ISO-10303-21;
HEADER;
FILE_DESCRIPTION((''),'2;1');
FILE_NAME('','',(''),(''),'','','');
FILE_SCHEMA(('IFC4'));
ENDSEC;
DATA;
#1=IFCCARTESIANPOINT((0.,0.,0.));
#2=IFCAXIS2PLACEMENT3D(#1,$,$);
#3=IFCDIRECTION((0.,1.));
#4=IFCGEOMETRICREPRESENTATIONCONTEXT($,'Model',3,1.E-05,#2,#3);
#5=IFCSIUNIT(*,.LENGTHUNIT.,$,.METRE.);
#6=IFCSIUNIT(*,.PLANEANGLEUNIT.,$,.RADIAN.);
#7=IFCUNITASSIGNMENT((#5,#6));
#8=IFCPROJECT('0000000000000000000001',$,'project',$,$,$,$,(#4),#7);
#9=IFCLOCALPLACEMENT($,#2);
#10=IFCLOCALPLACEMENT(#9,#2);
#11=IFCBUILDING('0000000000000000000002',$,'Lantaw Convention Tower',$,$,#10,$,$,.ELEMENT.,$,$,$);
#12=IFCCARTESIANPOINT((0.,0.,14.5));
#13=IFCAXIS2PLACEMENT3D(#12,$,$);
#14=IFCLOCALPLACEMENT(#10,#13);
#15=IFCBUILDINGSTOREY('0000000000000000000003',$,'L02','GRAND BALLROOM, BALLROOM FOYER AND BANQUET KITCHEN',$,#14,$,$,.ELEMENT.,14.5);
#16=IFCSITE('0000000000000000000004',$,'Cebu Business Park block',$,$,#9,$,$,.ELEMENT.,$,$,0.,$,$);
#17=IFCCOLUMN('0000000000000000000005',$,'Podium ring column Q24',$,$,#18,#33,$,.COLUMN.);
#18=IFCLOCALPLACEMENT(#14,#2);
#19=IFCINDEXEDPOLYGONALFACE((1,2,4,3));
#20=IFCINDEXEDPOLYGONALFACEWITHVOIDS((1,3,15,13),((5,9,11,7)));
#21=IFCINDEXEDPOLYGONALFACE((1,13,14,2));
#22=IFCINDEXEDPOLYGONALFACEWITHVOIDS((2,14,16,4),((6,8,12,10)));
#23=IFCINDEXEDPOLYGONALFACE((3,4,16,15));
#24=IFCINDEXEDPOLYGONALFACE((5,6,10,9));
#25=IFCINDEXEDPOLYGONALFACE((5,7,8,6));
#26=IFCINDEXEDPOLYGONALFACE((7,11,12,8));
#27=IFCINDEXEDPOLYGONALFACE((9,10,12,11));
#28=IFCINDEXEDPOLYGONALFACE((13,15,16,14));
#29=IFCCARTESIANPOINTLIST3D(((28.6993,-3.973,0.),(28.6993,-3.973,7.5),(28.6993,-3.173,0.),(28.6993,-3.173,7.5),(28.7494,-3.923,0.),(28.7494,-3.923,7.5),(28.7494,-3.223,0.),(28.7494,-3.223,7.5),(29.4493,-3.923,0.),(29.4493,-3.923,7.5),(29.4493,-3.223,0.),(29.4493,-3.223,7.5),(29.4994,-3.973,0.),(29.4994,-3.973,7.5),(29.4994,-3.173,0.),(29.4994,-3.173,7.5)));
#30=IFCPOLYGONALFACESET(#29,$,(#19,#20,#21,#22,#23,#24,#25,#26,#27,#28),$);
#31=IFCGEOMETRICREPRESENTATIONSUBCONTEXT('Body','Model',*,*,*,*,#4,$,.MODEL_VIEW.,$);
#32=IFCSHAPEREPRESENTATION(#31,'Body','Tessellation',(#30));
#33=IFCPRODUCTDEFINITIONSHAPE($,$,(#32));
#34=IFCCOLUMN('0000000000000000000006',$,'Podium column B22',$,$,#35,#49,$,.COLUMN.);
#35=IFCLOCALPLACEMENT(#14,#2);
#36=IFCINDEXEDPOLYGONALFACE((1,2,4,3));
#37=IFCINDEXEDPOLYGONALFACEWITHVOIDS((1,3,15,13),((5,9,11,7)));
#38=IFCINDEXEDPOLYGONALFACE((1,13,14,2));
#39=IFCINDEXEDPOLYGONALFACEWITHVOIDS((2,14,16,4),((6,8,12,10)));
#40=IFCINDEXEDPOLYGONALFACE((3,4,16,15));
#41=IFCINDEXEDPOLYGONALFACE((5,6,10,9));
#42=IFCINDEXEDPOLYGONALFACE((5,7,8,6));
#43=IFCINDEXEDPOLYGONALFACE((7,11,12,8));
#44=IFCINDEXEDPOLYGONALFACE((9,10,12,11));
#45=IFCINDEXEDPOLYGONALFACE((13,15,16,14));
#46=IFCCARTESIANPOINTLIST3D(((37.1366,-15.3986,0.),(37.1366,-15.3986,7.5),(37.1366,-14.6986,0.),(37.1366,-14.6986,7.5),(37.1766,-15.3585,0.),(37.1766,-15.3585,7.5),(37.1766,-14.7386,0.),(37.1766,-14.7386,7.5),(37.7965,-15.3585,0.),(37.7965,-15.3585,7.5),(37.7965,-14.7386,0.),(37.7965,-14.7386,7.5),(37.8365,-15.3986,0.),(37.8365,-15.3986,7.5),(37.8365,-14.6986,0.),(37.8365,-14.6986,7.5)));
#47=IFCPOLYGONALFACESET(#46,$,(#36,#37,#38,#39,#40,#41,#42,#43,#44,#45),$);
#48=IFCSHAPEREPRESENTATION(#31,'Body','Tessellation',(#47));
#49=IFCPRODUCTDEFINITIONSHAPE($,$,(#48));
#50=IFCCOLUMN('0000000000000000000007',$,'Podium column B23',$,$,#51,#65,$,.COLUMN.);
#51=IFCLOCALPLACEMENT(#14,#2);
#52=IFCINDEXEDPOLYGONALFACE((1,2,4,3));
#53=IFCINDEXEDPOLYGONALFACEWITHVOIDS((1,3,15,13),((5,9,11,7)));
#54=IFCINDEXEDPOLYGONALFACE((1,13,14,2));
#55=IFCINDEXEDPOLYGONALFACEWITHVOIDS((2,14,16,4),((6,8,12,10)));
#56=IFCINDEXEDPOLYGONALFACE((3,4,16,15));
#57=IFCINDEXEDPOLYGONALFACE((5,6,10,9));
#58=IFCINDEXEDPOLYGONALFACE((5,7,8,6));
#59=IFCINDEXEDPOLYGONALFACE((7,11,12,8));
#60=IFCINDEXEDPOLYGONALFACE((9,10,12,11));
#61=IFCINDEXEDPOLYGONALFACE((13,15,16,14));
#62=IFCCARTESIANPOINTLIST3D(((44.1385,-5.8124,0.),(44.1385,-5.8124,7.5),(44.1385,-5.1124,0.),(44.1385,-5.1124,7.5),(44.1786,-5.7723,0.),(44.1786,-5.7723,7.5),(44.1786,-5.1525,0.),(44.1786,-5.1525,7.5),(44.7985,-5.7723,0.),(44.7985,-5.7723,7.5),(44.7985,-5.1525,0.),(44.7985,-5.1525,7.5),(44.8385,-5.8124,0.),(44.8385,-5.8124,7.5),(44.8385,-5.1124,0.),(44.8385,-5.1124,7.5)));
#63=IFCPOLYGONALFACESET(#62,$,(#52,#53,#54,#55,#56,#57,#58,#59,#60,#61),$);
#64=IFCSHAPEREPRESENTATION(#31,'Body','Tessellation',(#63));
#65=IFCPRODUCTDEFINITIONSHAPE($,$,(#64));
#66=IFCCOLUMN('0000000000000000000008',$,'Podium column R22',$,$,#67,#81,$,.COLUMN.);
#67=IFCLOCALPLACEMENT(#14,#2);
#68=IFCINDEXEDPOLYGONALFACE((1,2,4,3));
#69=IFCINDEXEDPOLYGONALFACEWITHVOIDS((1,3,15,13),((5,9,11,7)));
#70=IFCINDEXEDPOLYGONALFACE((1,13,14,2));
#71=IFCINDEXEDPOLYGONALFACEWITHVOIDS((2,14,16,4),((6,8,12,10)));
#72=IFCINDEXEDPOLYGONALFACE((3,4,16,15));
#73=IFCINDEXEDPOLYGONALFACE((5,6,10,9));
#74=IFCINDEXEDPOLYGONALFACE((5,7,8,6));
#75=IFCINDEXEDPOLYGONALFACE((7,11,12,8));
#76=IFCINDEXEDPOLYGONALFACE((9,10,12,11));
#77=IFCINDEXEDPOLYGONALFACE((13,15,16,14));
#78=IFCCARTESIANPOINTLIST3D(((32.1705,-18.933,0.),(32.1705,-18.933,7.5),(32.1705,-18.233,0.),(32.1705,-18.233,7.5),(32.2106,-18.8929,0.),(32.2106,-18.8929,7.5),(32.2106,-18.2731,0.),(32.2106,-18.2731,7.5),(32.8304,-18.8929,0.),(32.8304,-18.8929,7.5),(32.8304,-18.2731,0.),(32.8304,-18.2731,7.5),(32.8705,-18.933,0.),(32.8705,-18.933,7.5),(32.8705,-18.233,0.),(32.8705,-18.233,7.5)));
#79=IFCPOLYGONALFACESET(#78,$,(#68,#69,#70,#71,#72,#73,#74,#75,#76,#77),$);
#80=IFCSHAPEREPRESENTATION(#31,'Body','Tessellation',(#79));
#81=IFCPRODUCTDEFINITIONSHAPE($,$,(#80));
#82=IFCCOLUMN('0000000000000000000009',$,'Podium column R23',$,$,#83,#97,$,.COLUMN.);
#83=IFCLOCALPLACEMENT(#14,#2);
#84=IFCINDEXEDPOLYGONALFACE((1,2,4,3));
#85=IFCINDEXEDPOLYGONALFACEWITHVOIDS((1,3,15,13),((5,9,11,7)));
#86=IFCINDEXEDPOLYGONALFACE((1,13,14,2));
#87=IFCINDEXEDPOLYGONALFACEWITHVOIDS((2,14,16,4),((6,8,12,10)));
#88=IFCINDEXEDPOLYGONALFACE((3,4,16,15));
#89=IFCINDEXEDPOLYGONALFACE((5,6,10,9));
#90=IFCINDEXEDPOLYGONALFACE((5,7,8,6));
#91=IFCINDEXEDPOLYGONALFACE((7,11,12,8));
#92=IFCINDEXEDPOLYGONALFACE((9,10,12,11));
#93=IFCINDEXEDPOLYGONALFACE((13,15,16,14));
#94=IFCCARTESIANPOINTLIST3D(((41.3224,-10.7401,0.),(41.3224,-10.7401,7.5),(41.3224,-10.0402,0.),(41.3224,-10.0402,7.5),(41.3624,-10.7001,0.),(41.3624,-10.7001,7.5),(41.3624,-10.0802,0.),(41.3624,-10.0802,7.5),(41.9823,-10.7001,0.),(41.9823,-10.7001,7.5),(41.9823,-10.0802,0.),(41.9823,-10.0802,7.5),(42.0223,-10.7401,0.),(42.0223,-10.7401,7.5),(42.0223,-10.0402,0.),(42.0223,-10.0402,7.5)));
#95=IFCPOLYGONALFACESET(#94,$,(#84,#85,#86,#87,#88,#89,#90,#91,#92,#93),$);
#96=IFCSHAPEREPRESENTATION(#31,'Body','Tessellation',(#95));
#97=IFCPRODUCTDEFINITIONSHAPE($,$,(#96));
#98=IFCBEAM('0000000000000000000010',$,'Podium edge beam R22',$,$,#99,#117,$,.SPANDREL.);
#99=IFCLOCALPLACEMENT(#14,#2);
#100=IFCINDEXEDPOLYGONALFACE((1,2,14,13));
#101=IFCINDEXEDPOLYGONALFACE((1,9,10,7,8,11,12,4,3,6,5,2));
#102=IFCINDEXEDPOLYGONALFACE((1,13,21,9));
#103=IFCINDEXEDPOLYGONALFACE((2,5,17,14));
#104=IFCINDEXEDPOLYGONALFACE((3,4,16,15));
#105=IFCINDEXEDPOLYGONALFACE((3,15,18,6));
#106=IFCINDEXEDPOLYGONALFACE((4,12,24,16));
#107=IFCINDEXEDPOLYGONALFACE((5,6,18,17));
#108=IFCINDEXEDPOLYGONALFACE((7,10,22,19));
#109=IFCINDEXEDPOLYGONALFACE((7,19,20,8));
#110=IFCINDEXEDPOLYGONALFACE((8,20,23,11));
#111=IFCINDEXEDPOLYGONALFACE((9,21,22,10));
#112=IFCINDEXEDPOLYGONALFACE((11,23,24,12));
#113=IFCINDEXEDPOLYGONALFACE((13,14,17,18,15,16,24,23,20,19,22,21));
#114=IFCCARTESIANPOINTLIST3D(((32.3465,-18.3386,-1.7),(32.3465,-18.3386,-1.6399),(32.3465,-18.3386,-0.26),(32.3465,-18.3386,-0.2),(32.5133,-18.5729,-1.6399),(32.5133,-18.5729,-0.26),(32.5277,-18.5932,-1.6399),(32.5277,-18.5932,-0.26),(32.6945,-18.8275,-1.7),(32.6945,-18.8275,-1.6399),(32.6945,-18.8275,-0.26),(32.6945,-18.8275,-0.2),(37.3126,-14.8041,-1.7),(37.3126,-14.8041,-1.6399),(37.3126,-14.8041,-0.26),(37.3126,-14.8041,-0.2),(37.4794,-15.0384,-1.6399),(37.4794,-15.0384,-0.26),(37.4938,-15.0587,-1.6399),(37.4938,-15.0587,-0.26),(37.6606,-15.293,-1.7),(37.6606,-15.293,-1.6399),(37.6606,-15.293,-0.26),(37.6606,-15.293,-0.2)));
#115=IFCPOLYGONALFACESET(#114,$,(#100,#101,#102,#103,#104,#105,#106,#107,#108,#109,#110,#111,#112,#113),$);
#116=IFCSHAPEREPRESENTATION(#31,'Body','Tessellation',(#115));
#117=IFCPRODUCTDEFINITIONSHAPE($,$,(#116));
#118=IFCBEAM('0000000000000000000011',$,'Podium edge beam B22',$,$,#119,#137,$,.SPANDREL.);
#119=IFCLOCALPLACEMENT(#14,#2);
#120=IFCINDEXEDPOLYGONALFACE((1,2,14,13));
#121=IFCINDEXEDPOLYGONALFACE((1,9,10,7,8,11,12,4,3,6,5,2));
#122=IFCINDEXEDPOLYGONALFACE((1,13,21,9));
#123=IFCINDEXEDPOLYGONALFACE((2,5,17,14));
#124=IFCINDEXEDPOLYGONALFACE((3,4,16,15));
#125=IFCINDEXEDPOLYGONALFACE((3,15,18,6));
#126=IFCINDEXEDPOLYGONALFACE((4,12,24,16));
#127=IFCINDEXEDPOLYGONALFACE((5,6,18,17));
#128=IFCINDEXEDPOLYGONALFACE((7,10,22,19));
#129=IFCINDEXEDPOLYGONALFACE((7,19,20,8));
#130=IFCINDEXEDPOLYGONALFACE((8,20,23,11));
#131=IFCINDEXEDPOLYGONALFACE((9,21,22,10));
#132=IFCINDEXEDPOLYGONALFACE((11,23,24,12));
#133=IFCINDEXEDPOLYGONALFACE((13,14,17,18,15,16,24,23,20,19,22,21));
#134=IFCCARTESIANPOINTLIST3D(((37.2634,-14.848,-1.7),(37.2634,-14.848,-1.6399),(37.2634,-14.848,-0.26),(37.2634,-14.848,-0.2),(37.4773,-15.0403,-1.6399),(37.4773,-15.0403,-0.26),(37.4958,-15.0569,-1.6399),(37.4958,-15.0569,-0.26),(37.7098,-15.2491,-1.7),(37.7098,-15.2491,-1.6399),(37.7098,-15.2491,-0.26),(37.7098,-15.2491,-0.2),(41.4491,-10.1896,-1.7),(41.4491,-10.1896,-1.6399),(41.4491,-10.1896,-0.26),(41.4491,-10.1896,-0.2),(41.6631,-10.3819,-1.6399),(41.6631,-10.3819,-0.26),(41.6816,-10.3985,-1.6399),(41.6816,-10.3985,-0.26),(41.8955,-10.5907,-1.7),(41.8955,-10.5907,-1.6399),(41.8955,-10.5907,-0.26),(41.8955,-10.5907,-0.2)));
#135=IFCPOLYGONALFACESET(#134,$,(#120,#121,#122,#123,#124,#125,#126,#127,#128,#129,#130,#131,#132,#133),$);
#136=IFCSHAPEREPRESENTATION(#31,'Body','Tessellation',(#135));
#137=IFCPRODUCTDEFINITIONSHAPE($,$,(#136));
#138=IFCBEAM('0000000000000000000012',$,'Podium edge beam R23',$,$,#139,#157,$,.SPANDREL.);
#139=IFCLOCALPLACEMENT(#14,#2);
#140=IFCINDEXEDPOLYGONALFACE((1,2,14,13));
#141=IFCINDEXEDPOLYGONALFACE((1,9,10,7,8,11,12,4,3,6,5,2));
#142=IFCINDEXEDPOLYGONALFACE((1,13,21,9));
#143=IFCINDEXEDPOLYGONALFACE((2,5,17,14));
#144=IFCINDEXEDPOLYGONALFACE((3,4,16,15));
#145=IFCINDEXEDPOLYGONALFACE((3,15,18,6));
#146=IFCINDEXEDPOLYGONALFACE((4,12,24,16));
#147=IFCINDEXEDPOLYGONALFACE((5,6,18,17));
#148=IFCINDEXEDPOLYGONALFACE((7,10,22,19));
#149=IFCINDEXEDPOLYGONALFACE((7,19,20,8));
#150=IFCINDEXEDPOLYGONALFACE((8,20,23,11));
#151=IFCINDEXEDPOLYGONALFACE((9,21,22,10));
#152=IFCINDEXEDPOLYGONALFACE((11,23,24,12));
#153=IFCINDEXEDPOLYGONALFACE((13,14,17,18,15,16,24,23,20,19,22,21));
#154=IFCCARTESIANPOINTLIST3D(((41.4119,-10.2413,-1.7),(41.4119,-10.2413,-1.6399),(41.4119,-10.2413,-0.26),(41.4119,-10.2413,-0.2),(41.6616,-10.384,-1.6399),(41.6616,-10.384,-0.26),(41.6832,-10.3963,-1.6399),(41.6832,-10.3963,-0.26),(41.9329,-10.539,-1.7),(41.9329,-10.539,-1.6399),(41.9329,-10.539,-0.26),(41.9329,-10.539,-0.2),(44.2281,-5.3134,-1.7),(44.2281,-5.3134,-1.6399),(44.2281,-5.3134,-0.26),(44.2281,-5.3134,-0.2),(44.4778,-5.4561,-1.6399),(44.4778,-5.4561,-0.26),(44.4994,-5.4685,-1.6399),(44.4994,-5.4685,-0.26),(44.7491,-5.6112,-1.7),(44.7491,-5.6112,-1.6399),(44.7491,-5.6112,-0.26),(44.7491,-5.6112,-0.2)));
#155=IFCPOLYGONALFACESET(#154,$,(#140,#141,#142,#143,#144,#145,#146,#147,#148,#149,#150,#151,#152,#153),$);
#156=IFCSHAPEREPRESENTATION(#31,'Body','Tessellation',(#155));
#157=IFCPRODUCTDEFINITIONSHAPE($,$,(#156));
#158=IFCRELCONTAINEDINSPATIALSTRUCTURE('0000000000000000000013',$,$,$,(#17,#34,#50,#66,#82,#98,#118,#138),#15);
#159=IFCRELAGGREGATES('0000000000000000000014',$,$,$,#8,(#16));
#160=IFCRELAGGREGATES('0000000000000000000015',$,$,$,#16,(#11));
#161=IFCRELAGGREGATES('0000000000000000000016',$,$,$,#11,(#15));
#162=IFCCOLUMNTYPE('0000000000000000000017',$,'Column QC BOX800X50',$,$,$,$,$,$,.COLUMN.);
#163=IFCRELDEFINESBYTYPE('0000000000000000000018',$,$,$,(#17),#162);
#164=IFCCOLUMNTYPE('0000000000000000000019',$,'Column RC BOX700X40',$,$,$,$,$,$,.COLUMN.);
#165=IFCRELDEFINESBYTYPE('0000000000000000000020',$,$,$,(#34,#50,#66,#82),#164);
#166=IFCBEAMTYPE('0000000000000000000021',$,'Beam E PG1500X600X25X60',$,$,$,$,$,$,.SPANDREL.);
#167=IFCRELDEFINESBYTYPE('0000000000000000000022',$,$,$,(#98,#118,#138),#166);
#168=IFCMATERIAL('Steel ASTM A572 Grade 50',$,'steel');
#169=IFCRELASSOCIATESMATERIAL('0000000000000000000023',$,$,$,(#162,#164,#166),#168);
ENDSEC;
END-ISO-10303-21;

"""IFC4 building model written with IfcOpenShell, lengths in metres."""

from ifc_helpers import new_model, si_unit, direction, frame, origin, origin_2d, place, context, subcontext, project, spatial, hollow_rectangle, i_section, extrude, material, material_profile, profile_set, type_object, element, save


model = new_model("IFC4")

# Units and contexts
model_context = context("Model", 3, precision=1e-05, world=origin(), true_north=direction((0.0, 1.0)))
body_context = subcontext(model_context, "Body", "Model", "MODEL_VIEW")
ifc_project = project(units=[si_unit("LENGTHUNIT", "METRE"), si_unit("PLANEANGLEUNIT", "RADIAN")], contexts=[model_context])

# Site, building, storey
site_placement = place(None, origin())
site = spatial("IfcSite", under=ifc_project, at=site_placement, Name="Cebu Business Park block", CompositionType="ELEMENT", RefElevation=0.0)
building_placement = place(site_placement, origin())
building = spatial("IfcBuilding", under=site, at=building_placement, Name="Lantaw Convention Tower", CompositionType="ELEMENT")
storey_placement = place(building_placement, frame((0.0, 0.0, 14.5)))
storey = spatial("IfcBuildingStorey", under=building, at=storey_placement, Name="L02", Description="GRAND BALLROOM, BALLROOM FOYER AND BANQUET KITCHEN", CompositionType="ELEMENT", Elevation=14.5)

# Columns
ifc_material_1 = material(Name="Steel ASTM A572 Grade 50", Category="steel")
ifc_material_profile_1 = material_profile(ifc_material_1, hollow_rectangle(XDim=0.8, YDim=0.8, WallThickness=0.05, at=origin_2d()), Name="BOX800X50")
ifc_profile_set_1 = profile_set([ifc_material_profile_1], Name="Steel ASTM A572 Grade 50")
column_type_1 = type_object("IfcColumnType", Name="Column QC BOX800X50", PredefinedType="COLUMN", material=ifc_profile_set_1)
column_placement = place(storey_placement, frame((29.0994, -3.573, 0.0), z_axis=(0.0, 0.0, 1.0), x_axis=(1.0, 0.0, 0.0)))
element("IfcColumn", 1, at=column_placement, inside=storey, type_object=column_type_1, Name="Podium ring column Q24", PredefinedType="COLUMN", context=body_context, shape_type="SweptSolid", body=[
    extrude(hollow_rectangle(XDim=0.8, YDim=0.8, WallThickness=0.05, at=origin_2d()), origin(), (0.0, 0.0, 1.0), 7.5),
])
ifc_material_profile_2 = material_profile(ifc_material_1, hollow_rectangle(XDim=0.7, YDim=0.7, WallThickness=0.04, at=origin_2d()), Name="BOX700X40")
ifc_profile_set_2 = profile_set([ifc_material_profile_2], Name="Steel ASTM A572 Grade 50")
column_type_2 = type_object("IfcColumnType", Name="Column RC BOX700X40", PredefinedType="COLUMN", material=ifc_profile_set_2)
for number, where, z_axis, x_axis, name in (
    (2, (37.4866, -15.0486, 0.0), (0.0, 0.0, 1.0), (1.0, 0.0, 0.0), "Podium column B22"),
    (3, (44.4885, -5.4624, 0.0), (0.0, 0.0, 1.0), (1.0, 0.0, 0.0), "Podium column B23"),
    (4, (32.5205, -18.583, 0.0), (0.0, 0.0, 1.0), (1.0, 0.0, 0.0), "Podium column R22"),
    (5, (41.6724, -10.3901, 0.0), (0.0, 0.0, 1.0), (1.0, 0.0, 0.0), "Podium column R23"),
):
    element("IfcColumn", number, at=place(storey_placement, frame(where, z_axis=z_axis, x_axis=x_axis)), inside=storey, type_object=column_type_2, Name=name, PredefinedType="COLUMN", context=body_context, shape_type="SweptSolid", body=[
        extrude(hollow_rectangle(XDim=0.7, YDim=0.7, WallThickness=0.04, at=origin_2d()), origin(), (0.0, 0.0, 1.0), 7.5),
    ])

# Beams
ifc_material_profile_3 = material_profile(ifc_material_1, i_section(OverallWidth=0.6001, OverallDepth=1.5, WebThickness=0.0249, FlangeThickness=0.0601, at=origin_2d()), Name="PG1500X600X25X60")
ifc_profile_set_3 = profile_set([ifc_material_profile_3], Name="Steel ASTM A572 Grade 50")
beam_type_1 = type_object("IfcBeamType", Name="Beam E PG1500X600X25X60", PredefinedType="SPANDREL", material=ifc_profile_set_3)
beam_1_placement = place(storey_placement, frame((32.5205, -18.583, -0.95), z_axis=(0.814723, 0.579851, 0.0), x_axis=(-0.579851, 0.814723, 0.0)))
element("IfcBeam", 6, at=beam_1_placement, inside=storey, type_object=beam_type_1, Name="Podium edge beam R22", PredefinedType="SPANDREL", context=body_context, shape_type="SweptSolid", body=[
    extrude(i_section(OverallWidth=0.6001, OverallDepth=1.5, WebThickness=0.0249, FlangeThickness=0.0601, at=origin_2d()), origin(), (0.0, 0.0, 1.0), 6.0955),
])
beam_2_placement = place(storey_placement, frame((37.4866, -15.0486, -0.95), z_axis=(0.668364, 0.743835, 0.0), x_axis=(-0.743835, 0.668364, 0.0)))
element("IfcBeam", 7, at=beam_2_placement, inside=storey, type_object=beam_type_1, Name="Podium edge beam B22", PredefinedType="SPANDREL", context=body_context, shape_type="SweptSolid", body=[
    extrude(i_section(OverallWidth=0.6001, OverallDepth=1.5, WebThickness=0.0249, FlangeThickness=0.0601, at=origin_2d()), origin(), (0.0, 0.0, 1.0), 6.2627),
])
beam_3_placement = place(storey_placement, frame((41.6724, -10.3901, -0.95), z_axis=(0.496181, 0.868219, 0.0), x_axis=(-0.868219, 0.496181, 0.0)))
element("IfcBeam", 8, at=beam_3_placement, inside=storey, type_object=beam_type_1, Name="Podium edge beam R23", PredefinedType="SPANDREL", context=body_context, shape_type="SweptSolid", body=[
    extrude(i_section(OverallWidth=0.6001, OverallDepth=1.5, WebThickness=0.0249, FlangeThickness=0.0601, at=origin_2d()), origin(), (0.0, 0.0, 1.0), 5.6758),
])

save(model, "model.ifc")
